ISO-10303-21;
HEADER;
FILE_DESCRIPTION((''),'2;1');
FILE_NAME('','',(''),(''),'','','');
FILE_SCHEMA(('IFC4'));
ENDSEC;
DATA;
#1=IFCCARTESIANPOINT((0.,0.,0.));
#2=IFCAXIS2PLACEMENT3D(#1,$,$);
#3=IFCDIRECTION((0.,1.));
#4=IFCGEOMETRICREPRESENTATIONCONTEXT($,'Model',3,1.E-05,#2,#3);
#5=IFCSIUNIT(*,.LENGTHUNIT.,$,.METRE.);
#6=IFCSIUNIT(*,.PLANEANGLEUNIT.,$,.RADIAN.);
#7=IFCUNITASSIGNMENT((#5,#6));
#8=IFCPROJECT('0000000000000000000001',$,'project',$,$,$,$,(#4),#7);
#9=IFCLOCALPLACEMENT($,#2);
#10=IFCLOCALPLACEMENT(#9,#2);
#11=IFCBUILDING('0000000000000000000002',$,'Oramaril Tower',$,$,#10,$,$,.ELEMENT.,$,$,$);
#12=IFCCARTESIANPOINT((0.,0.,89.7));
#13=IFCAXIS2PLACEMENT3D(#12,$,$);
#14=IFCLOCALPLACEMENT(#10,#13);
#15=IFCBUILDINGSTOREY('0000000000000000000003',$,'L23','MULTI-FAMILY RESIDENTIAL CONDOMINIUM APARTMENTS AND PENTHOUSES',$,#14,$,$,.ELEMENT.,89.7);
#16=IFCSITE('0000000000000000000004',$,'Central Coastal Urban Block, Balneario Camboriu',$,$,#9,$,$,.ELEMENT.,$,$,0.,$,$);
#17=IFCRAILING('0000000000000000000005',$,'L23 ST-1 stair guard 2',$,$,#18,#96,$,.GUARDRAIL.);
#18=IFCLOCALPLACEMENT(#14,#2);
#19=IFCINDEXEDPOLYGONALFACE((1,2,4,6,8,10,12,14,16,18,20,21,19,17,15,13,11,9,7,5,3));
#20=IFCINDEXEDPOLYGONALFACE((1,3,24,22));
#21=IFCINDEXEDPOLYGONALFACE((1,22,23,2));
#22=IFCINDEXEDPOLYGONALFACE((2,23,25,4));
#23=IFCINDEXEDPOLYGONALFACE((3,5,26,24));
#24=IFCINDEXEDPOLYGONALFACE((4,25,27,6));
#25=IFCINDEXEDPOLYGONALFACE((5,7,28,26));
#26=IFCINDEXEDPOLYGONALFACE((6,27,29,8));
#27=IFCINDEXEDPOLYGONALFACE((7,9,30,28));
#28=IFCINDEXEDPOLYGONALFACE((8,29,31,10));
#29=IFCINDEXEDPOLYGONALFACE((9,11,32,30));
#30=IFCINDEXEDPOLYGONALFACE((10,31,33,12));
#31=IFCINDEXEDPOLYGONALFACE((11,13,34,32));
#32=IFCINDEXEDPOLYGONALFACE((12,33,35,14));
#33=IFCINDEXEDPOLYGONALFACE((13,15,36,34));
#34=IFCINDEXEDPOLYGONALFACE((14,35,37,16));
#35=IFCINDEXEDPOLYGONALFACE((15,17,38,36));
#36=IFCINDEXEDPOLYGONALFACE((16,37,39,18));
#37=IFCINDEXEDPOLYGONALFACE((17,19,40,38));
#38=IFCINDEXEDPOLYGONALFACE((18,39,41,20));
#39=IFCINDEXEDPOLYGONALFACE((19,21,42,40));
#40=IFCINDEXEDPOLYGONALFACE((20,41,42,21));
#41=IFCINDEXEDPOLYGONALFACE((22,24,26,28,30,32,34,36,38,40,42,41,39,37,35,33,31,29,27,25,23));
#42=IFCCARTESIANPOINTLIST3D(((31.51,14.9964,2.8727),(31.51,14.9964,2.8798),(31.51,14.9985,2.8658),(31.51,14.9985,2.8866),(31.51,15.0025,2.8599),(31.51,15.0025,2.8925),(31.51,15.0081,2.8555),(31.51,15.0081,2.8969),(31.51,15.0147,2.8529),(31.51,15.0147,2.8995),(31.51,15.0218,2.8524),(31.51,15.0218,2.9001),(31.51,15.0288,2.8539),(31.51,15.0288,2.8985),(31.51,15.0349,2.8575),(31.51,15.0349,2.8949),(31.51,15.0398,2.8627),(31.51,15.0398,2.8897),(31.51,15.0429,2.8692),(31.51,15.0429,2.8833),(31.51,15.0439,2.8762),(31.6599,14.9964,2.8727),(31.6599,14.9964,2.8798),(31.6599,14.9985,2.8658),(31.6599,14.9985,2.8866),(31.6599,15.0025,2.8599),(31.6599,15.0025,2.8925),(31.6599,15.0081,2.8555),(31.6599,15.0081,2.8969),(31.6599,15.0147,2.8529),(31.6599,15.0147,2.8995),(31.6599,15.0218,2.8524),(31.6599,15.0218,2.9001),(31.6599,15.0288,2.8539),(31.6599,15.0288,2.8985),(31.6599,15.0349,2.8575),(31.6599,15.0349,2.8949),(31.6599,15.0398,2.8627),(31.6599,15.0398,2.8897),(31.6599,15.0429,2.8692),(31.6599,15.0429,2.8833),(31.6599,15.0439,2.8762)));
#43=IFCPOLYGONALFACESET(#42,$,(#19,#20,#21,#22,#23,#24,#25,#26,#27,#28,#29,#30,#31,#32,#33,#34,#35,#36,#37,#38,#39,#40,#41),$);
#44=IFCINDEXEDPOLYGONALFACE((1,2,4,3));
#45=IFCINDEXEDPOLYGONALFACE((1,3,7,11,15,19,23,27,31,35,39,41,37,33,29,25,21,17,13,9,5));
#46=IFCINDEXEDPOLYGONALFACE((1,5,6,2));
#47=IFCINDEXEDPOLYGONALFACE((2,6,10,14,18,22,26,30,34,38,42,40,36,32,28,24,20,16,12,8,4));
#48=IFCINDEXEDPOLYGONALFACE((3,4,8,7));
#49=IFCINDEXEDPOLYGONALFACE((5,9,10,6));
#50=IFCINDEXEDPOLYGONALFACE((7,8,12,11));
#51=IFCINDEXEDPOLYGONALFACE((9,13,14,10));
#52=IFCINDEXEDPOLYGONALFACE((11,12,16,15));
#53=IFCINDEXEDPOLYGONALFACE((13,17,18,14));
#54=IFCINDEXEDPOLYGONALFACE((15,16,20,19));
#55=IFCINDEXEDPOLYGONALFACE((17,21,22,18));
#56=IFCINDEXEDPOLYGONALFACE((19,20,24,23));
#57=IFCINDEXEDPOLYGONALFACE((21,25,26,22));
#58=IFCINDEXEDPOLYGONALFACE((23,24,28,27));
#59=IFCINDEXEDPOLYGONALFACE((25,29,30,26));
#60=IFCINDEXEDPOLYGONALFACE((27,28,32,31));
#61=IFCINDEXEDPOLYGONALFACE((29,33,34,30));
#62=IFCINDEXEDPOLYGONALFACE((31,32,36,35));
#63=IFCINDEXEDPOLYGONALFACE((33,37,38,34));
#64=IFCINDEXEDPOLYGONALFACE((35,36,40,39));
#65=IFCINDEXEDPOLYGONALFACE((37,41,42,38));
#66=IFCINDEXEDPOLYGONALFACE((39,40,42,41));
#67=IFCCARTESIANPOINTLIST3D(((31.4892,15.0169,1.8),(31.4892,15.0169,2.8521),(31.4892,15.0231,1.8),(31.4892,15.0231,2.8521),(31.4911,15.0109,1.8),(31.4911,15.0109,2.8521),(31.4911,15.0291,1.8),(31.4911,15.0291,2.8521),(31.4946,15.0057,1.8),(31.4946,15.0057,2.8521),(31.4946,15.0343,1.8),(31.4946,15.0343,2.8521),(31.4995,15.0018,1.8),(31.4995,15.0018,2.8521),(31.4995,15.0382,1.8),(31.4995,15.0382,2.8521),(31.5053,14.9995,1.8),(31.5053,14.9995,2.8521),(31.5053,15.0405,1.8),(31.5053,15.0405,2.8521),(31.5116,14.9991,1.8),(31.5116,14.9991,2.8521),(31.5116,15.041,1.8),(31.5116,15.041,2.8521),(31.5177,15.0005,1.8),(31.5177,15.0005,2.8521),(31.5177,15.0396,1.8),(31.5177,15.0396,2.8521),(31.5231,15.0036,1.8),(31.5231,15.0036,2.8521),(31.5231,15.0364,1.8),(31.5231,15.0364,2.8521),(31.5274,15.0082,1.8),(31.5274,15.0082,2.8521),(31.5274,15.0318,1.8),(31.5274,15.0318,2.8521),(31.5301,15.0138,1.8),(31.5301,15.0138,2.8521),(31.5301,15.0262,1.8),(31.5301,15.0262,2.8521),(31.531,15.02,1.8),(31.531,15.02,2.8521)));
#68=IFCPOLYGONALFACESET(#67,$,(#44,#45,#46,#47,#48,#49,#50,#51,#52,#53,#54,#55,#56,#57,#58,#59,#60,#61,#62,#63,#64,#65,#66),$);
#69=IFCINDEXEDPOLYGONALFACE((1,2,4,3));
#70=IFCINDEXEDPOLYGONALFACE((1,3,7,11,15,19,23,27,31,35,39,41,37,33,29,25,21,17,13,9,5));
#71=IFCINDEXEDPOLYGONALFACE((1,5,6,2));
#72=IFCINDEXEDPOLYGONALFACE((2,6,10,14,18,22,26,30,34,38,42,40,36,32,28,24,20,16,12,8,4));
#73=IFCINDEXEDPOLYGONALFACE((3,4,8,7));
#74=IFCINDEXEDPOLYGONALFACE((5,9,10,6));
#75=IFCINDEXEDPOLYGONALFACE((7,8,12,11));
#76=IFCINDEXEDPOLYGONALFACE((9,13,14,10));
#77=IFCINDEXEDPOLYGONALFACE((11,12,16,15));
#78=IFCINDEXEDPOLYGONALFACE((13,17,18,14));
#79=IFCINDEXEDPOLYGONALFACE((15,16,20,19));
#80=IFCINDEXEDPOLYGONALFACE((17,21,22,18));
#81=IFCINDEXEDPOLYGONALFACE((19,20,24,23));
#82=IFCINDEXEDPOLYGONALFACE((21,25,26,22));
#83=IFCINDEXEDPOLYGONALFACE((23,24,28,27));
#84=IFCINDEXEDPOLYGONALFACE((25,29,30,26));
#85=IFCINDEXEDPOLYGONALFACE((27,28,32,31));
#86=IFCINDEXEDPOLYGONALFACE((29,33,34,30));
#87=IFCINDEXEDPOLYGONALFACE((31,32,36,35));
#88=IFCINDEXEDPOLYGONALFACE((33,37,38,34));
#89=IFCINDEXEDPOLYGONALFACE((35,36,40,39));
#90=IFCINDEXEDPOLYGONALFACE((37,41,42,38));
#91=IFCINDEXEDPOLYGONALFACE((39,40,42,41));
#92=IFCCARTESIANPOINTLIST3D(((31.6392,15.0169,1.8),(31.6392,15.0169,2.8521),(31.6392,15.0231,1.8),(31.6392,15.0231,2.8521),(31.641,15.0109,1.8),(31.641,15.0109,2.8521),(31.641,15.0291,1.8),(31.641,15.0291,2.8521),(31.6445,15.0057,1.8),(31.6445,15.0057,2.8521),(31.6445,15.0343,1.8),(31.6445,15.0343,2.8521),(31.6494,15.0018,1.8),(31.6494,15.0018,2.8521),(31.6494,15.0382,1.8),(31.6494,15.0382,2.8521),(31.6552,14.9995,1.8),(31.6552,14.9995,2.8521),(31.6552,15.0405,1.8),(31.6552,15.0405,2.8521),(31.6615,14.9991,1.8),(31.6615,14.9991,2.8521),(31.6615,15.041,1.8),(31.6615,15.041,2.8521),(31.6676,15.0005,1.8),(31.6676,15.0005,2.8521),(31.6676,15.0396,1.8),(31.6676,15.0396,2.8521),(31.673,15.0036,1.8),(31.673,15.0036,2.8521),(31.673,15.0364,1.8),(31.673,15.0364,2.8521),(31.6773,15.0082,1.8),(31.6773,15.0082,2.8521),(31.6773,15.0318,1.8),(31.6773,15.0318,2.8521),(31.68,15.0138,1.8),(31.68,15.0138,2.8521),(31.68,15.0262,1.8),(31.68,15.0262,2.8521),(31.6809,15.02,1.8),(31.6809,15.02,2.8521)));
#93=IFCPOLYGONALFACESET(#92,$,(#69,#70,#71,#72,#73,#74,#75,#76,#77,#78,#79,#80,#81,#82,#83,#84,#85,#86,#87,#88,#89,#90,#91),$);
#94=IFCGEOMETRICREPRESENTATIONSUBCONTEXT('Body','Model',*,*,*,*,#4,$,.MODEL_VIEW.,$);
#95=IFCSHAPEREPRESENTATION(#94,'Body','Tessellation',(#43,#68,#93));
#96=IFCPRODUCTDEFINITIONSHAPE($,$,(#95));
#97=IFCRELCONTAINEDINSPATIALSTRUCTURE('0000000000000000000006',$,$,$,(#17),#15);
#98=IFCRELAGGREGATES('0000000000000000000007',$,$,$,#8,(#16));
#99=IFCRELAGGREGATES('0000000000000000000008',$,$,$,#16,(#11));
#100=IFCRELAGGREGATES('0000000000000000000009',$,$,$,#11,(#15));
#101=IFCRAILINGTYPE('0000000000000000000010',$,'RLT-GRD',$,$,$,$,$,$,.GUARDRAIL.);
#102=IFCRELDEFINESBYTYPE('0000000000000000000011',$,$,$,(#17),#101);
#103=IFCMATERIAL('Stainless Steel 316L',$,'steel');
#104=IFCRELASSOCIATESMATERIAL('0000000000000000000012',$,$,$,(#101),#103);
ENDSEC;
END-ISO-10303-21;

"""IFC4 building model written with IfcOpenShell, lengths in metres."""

from ifc_helpers import new_model, si_unit, direction, frame, origin, origin_2d, place, context, subcontext, project, spatial, circle, extrude, material, type_object, element, save


model = new_model("IFC4")

# Units and contexts
model_context = context("Model", 3, precision=1e-05, world=origin(), true_north=direction((0.0, 1.0)))
body_context = subcontext(model_context, "Body", "Model", "MODEL_VIEW")
ifc_project = project(units=[si_unit("LENGTHUNIT", "METRE"), si_unit("PLANEANGLEUNIT", "RADIAN")], contexts=[model_context])

# Site, building, storey
site_placement = place(None, origin())
site = spatial("IfcSite", under=ifc_project, at=site_placement, Name="Central Coastal Urban Block, Balneario Camboriu", CompositionType="ELEMENT", RefElevation=0.0)
building_placement = place(site_placement, origin())
building = spatial("IfcBuilding", under=site, at=building_placement, Name="Oramaril Tower", CompositionType="ELEMENT")
storey_placement = place(building_placement, frame((0.0, 0.0, 89.7)))
storey = spatial("IfcBuildingStorey", under=building, at=storey_placement, Name="L23", Description="MULTI-FAMILY RESIDENTIAL CONDOMINIUM APARTMENTS AND PENTHOUSES", CompositionType="ELEMENT", Elevation=89.7)

# Railing
ifc_material_1 = material(Name="Stainless Steel 316L", Category="steel")
railing_type_1 = type_object("IfcRailingType", Name="RLT-GRD", PredefinedType="GUARDRAIL", material=ifc_material_1)
railing_1_placement = place(storey_placement, frame((31.51, 15.02, 1.8)))
element("IfcRailing", 1, at=railing_1_placement, inside=storey, type_object=railing_type_1, Name="L23 ST-1 stair guard 2", PredefinedType="GUARDRAIL", context=body_context, shape_type="SweptSolid", body=[
    extrude(circle(Radius=0.0239, at=origin_2d()), frame((0.0, 0.0, 1.0762), z_axis=(1.0, 0.0, 0.0), x_axis=(0.0, 1.0, 0.0)), (0.0, 0.0, 1.0), 0.1499),
    extrude(circle(Radius=0.021, at=origin_2d()), origin(), (0.0, 0.0, 1.0), 1.052),
    extrude(circle(Radius=0.021, at=origin_2d()), frame((0.1499, 0.0, 0.0)), (0.0, 0.0, 1.0), 1.052),
])

save(model, "model.ifc")
